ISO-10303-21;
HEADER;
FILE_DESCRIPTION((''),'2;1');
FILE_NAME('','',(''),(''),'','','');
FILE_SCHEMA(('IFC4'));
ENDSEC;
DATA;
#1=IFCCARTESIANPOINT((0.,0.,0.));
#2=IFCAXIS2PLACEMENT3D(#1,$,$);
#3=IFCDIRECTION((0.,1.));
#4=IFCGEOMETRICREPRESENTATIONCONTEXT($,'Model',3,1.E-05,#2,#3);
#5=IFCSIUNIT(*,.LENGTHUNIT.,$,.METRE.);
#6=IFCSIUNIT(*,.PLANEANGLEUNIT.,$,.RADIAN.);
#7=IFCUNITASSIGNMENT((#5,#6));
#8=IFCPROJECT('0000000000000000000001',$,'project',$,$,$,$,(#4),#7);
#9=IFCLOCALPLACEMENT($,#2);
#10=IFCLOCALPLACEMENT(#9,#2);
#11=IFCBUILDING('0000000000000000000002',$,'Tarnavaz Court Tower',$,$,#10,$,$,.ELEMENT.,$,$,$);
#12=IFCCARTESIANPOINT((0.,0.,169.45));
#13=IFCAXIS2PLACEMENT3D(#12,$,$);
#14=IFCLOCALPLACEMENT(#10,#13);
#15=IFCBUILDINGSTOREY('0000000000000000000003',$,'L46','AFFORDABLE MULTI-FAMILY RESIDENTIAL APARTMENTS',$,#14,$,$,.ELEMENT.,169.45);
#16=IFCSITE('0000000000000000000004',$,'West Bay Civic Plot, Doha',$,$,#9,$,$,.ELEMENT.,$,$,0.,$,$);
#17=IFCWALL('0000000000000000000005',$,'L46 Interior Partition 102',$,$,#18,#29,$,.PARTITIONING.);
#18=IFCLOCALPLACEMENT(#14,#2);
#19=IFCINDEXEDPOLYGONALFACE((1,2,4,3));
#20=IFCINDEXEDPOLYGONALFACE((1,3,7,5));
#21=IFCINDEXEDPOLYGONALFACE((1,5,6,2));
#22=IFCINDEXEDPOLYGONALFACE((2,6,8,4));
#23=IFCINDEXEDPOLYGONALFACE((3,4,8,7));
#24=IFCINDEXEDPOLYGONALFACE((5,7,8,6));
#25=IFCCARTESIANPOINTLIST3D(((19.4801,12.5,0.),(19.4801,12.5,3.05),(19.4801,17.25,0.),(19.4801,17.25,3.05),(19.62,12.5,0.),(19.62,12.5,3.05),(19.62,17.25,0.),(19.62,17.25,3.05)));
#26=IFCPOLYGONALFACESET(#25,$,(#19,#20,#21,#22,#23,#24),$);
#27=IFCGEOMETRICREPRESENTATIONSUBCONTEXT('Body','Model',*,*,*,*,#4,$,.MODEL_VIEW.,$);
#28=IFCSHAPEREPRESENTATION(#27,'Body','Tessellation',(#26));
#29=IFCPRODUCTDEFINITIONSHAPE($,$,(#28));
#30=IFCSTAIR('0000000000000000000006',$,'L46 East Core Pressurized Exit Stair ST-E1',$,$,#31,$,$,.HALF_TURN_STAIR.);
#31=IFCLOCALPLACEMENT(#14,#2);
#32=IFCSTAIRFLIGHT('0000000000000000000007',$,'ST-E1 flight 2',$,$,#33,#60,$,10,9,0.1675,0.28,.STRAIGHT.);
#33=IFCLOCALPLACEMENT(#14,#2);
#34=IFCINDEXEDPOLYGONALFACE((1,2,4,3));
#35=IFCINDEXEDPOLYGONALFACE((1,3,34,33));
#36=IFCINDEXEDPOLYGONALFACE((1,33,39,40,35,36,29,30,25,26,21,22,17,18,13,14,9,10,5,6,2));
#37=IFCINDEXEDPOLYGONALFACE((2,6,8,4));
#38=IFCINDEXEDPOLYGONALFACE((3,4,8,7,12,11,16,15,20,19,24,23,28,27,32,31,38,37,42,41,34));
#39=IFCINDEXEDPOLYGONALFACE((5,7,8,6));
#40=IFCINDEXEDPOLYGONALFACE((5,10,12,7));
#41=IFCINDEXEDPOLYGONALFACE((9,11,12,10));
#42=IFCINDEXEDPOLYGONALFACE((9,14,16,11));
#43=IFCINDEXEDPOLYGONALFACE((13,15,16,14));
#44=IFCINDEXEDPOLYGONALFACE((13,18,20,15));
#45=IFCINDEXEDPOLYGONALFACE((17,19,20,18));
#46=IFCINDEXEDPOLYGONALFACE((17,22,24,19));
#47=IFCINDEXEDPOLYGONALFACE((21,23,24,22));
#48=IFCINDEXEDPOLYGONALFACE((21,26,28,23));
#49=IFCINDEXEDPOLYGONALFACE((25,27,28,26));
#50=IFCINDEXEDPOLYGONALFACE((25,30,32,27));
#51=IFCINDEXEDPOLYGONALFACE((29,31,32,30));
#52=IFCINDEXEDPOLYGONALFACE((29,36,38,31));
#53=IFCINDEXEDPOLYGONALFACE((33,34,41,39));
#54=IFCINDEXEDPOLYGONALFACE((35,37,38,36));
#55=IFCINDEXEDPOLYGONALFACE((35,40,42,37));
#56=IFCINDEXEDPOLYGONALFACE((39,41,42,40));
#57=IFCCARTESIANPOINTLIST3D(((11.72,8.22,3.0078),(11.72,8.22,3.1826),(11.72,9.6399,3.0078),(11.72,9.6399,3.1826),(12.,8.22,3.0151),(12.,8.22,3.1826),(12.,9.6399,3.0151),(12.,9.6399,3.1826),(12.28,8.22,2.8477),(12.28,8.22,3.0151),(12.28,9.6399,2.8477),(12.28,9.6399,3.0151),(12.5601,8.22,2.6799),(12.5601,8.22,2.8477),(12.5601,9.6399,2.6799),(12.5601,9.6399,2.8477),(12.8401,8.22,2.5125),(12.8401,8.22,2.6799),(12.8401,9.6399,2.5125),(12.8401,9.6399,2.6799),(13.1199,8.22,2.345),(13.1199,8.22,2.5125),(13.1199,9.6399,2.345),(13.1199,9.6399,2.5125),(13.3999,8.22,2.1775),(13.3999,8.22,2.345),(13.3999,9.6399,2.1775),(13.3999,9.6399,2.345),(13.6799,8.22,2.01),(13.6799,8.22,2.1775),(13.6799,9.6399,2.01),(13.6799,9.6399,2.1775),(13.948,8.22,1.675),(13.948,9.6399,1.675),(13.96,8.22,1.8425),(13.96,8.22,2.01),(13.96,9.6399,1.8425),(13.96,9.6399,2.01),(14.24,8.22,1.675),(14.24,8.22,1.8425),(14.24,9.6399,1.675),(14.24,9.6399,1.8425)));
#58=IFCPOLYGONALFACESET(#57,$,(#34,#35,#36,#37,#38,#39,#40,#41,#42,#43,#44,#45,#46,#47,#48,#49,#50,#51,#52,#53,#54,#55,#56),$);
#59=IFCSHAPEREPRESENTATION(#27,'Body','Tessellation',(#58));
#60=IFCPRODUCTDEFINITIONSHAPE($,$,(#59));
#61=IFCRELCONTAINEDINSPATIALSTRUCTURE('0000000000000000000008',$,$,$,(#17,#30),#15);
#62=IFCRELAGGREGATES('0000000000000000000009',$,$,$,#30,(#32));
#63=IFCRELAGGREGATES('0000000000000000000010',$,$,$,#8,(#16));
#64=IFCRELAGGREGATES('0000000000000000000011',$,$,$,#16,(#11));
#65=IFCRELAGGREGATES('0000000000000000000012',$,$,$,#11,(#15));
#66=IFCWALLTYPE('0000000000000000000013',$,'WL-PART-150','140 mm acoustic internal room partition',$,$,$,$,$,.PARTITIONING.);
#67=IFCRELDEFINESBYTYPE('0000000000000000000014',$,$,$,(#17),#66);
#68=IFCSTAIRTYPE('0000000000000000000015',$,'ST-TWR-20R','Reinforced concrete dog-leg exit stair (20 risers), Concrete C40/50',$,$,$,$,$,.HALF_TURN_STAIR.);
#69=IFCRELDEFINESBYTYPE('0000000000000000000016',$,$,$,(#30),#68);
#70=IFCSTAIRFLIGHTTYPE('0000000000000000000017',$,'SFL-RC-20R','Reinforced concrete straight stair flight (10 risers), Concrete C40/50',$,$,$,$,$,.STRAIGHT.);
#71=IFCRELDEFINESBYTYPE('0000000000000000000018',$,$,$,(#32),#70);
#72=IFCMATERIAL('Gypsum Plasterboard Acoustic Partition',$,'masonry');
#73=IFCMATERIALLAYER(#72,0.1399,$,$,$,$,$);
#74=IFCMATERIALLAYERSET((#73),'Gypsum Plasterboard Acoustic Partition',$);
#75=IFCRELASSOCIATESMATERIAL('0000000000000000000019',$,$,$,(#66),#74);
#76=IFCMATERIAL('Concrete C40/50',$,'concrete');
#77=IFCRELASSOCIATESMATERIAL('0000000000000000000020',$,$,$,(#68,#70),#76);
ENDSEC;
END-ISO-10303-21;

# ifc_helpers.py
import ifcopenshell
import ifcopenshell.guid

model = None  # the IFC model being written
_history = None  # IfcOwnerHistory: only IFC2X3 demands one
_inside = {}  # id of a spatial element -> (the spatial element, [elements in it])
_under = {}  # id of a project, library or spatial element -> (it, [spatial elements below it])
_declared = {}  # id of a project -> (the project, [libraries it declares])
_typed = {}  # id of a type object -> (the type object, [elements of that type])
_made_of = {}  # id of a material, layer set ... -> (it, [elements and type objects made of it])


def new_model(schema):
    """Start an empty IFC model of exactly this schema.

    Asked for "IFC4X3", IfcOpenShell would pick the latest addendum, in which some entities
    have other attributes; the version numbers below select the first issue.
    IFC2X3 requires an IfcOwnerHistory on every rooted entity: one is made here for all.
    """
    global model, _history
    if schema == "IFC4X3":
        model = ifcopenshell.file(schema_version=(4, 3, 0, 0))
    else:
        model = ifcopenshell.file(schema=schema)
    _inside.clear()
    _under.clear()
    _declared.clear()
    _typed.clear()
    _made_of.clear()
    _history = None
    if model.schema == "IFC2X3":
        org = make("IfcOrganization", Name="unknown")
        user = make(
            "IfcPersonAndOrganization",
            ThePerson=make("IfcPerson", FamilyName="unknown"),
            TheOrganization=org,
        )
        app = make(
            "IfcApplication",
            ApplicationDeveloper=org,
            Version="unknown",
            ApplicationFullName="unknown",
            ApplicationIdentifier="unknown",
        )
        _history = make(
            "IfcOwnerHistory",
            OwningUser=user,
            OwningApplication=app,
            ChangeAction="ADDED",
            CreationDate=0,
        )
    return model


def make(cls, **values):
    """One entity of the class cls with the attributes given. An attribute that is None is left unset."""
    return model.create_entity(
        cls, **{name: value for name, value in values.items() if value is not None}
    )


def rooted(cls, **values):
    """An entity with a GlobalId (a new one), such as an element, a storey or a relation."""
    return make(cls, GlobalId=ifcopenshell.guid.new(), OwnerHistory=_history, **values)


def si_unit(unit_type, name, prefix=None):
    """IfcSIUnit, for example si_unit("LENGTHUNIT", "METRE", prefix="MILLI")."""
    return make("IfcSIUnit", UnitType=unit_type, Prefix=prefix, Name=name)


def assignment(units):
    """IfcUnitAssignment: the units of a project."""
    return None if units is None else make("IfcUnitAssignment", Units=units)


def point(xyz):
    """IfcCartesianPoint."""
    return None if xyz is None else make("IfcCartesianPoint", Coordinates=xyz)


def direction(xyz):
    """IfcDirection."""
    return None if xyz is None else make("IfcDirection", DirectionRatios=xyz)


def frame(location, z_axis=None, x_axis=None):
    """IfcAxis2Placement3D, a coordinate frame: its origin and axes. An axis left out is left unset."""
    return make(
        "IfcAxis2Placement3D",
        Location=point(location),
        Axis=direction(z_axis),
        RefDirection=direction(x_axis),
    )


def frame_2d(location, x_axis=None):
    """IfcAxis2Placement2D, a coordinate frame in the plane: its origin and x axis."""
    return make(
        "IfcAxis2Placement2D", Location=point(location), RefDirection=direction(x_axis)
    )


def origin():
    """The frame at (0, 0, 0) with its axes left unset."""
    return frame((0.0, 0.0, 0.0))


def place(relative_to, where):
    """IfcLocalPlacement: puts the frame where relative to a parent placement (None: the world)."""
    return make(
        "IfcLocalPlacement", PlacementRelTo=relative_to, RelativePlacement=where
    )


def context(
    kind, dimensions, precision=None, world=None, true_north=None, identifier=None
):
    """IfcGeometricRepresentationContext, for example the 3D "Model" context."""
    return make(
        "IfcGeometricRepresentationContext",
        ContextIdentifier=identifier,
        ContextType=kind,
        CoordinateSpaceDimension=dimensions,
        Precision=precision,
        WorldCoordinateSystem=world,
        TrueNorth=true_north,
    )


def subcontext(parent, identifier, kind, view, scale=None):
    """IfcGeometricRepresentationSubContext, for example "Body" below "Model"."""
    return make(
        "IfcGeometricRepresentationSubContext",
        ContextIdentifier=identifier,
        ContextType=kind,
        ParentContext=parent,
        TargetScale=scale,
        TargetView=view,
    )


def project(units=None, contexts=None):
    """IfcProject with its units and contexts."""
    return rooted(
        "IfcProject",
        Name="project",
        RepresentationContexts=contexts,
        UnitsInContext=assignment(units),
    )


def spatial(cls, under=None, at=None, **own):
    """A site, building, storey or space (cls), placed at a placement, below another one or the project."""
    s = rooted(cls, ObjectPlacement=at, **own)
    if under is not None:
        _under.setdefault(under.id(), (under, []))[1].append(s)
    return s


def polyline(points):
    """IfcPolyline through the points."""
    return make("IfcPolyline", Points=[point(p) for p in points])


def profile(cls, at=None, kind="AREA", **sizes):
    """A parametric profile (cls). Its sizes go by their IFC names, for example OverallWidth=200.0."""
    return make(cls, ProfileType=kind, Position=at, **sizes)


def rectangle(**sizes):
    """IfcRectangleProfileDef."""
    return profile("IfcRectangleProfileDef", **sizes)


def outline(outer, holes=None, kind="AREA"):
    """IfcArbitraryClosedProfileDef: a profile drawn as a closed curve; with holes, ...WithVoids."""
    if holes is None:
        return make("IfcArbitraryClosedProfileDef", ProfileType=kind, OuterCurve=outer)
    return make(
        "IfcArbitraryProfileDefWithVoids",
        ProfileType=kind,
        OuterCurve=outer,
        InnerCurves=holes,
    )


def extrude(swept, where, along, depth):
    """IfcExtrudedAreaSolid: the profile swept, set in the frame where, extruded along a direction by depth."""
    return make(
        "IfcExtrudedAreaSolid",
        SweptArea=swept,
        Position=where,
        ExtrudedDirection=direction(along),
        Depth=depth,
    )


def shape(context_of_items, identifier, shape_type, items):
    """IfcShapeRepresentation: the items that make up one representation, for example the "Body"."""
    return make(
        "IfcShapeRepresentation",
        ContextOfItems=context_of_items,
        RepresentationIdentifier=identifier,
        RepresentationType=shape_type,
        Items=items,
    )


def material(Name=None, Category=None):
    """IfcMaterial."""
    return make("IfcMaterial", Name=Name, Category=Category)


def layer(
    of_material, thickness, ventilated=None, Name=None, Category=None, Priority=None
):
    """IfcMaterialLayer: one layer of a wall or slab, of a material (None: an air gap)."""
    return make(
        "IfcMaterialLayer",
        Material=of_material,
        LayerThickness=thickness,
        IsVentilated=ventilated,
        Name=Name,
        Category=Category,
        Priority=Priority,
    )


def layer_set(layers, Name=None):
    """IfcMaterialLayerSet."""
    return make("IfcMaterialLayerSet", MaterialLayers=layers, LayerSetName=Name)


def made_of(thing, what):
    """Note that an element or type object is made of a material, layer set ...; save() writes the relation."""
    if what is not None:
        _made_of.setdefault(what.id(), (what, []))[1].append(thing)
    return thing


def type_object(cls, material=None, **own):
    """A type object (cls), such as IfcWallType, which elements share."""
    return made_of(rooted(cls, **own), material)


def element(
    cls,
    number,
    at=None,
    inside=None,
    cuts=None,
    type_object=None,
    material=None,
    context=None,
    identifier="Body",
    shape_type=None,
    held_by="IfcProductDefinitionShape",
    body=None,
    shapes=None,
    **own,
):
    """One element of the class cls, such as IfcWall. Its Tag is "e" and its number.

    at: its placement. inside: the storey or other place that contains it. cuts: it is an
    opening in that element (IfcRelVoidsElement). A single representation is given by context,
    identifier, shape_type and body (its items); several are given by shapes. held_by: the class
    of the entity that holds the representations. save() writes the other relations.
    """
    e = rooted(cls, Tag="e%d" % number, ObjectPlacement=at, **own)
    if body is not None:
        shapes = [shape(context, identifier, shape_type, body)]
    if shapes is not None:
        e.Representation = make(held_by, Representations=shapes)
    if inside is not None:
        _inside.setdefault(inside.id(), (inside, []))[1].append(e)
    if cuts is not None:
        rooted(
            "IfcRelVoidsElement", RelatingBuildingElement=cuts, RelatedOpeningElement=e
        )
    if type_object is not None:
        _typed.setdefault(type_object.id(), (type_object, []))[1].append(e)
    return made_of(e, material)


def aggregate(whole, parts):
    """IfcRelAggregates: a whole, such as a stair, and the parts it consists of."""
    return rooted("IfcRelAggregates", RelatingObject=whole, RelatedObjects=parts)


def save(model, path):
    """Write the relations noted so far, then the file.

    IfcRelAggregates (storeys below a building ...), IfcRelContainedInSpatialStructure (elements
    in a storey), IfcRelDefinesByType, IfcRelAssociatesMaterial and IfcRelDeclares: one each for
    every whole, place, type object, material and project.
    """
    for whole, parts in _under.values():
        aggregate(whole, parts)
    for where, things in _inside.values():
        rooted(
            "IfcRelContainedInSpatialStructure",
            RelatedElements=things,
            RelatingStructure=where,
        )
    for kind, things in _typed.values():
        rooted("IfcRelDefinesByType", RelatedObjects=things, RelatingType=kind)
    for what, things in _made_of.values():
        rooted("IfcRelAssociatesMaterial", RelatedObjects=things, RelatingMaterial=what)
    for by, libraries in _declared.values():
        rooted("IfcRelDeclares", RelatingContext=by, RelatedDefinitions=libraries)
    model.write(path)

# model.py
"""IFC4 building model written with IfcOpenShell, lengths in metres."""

from ifc_helpers import new_model, si_unit, direction, frame, frame_2d, origin, place, context, subcontext, project, spatial, polyline, rectangle, outline, extrude, material, layer, layer_set, type_object, element, aggregate, save


model = new_model("IFC4")

# Units and contexts
model_context = context("Model", 3, precision=1e-05, world=origin(), true_north=direction((0.0, 1.0)))
body_context = subcontext(model_context, "Body", "Model", "MODEL_VIEW")
ifc_project = project(units=[si_unit("LENGTHUNIT", "METRE"), si_unit("PLANEANGLEUNIT", "RADIAN")], contexts=[model_context])

# Site, building, storey
site_placement = place(None, origin())
site = spatial("IfcSite", under=ifc_project, at=site_placement, Name="West Bay Civic Plot, Doha", CompositionType="ELEMENT", RefElevation=0.0)
building_placement = place(site_placement, origin())
building = spatial("IfcBuilding", under=site, at=building_placement, Name="Tarnavaz Court Tower", CompositionType="ELEMENT")
storey_placement = place(building_placement, frame((0.0, 0.0, 169.45)))
storey = spatial("IfcBuildingStorey", under=building, at=storey_placement, Name="L46", Description="AFFORDABLE MULTI-FAMILY RESIDENTIAL APARTMENTS", CompositionType="ELEMENT", Elevation=169.45)

# Wall
ifc_material_1 = material(Name="Gypsum Plasterboard Acoustic Partition", Category="masonry")
ifc_layer_1 = layer(ifc_material_1, 0.1399)
ifc_layer_set_1 = layer_set([ifc_layer_1], Name="Gypsum Plasterboard Acoustic Partition")
wall_type_1 = type_object("IfcWallType", Name="WL-PART-150", Description="140 mm acoustic internal room partition", PredefinedType="PARTITIONING", material=ifc_layer_set_1)
wall_1_placement = place(storey_placement, frame((19.55, 12.5, 0.0), z_axis=(0.0, 0.0, 1.0), x_axis=(0.0, 1.0, 0.0)))
element("IfcWall", 1, at=wall_1_placement, inside=storey, type_object=wall_type_1, Name="L46 Interior Partition 102", PredefinedType="PARTITIONING", context=body_context, shape_type="SweptSolid", body=[
    extrude(rectangle(XDim=4.75, YDim=0.1399, at=frame_2d((2.375, 0.0))), origin(), (0.0, 0.0, 1.0), 3.05),
])

# Stair, stair flight
ifc_material_2 = material(Name="Concrete C40/50", Category="concrete")
stair_type = type_object("IfcStairType", Name="ST-TWR-20R", Description="Reinforced concrete dog-leg exit stair (20 risers), Concrete C40/50", PredefinedType="HALF_TURN_STAIR", material=ifc_material_2)
stair_placement = place(storey_placement, origin())
stair = element("IfcStair", 2, at=stair_placement, inside=storey, type_object=stair_type, Name="L46 East Core Pressurized Exit Stair ST-E1", PredefinedType="HALF_TURN_STAIR")
stair_flight_type = type_object("IfcStairFlightType", Name="SFL-RC-20R", Description="Reinforced concrete straight stair flight (10 risers), Concrete C40/50", PredefinedType="STRAIGHT", material=ifc_material_2)
stair_flight_placement = place(storey_placement, frame((14.24, 8.9299, 1.675), z_axis=(0.0, 0.0, 1.0), x_axis=(-1.0, 0.0, 0.0)))
stair_flight = element("IfcStairFlight", 3, at=stair_flight_placement, type_object=stair_flight_type, Name="ST-E1 flight 2", NumberOfRisers=10, NumberOfTreads=9, PredefinedType="STRAIGHT", RiserHeight=0.1675, TreadLength=0.28, context=body_context, shape_type="SweptSolid", body=[
    extrude(outline(polyline([(0.0, 0.0), (0.0, 0.1675), (0.28, 0.1675), (0.28, 0.335), (0.5601, 0.335), (0.5601, 0.5024), (0.8401, 0.5024), (0.8401, 0.6699), (1.1201, 0.6699), (1.1201, 0.8374), (1.3999, 0.8374), (1.3999, 1.0049), (1.6799, 1.0049), (1.6799, 1.1726), (1.96, 1.1726), (1.96, 1.3401), (2.24, 1.3401), (2.24, 1.5076), (2.52, 1.5076), (2.52, 1.675), (2.52, 1.3328), (0.292, 0.0), (0.0, 0.0)])), frame((0.0, 0.71, 0.0), z_axis=(0.0, -1.0, 0.0), x_axis=(1.0, 0.0, 0.0)), (0.0, 0.0, 1.0), 1.4199),
])
aggregate(stair, [stair_flight])

save(model, "model.ifc")
